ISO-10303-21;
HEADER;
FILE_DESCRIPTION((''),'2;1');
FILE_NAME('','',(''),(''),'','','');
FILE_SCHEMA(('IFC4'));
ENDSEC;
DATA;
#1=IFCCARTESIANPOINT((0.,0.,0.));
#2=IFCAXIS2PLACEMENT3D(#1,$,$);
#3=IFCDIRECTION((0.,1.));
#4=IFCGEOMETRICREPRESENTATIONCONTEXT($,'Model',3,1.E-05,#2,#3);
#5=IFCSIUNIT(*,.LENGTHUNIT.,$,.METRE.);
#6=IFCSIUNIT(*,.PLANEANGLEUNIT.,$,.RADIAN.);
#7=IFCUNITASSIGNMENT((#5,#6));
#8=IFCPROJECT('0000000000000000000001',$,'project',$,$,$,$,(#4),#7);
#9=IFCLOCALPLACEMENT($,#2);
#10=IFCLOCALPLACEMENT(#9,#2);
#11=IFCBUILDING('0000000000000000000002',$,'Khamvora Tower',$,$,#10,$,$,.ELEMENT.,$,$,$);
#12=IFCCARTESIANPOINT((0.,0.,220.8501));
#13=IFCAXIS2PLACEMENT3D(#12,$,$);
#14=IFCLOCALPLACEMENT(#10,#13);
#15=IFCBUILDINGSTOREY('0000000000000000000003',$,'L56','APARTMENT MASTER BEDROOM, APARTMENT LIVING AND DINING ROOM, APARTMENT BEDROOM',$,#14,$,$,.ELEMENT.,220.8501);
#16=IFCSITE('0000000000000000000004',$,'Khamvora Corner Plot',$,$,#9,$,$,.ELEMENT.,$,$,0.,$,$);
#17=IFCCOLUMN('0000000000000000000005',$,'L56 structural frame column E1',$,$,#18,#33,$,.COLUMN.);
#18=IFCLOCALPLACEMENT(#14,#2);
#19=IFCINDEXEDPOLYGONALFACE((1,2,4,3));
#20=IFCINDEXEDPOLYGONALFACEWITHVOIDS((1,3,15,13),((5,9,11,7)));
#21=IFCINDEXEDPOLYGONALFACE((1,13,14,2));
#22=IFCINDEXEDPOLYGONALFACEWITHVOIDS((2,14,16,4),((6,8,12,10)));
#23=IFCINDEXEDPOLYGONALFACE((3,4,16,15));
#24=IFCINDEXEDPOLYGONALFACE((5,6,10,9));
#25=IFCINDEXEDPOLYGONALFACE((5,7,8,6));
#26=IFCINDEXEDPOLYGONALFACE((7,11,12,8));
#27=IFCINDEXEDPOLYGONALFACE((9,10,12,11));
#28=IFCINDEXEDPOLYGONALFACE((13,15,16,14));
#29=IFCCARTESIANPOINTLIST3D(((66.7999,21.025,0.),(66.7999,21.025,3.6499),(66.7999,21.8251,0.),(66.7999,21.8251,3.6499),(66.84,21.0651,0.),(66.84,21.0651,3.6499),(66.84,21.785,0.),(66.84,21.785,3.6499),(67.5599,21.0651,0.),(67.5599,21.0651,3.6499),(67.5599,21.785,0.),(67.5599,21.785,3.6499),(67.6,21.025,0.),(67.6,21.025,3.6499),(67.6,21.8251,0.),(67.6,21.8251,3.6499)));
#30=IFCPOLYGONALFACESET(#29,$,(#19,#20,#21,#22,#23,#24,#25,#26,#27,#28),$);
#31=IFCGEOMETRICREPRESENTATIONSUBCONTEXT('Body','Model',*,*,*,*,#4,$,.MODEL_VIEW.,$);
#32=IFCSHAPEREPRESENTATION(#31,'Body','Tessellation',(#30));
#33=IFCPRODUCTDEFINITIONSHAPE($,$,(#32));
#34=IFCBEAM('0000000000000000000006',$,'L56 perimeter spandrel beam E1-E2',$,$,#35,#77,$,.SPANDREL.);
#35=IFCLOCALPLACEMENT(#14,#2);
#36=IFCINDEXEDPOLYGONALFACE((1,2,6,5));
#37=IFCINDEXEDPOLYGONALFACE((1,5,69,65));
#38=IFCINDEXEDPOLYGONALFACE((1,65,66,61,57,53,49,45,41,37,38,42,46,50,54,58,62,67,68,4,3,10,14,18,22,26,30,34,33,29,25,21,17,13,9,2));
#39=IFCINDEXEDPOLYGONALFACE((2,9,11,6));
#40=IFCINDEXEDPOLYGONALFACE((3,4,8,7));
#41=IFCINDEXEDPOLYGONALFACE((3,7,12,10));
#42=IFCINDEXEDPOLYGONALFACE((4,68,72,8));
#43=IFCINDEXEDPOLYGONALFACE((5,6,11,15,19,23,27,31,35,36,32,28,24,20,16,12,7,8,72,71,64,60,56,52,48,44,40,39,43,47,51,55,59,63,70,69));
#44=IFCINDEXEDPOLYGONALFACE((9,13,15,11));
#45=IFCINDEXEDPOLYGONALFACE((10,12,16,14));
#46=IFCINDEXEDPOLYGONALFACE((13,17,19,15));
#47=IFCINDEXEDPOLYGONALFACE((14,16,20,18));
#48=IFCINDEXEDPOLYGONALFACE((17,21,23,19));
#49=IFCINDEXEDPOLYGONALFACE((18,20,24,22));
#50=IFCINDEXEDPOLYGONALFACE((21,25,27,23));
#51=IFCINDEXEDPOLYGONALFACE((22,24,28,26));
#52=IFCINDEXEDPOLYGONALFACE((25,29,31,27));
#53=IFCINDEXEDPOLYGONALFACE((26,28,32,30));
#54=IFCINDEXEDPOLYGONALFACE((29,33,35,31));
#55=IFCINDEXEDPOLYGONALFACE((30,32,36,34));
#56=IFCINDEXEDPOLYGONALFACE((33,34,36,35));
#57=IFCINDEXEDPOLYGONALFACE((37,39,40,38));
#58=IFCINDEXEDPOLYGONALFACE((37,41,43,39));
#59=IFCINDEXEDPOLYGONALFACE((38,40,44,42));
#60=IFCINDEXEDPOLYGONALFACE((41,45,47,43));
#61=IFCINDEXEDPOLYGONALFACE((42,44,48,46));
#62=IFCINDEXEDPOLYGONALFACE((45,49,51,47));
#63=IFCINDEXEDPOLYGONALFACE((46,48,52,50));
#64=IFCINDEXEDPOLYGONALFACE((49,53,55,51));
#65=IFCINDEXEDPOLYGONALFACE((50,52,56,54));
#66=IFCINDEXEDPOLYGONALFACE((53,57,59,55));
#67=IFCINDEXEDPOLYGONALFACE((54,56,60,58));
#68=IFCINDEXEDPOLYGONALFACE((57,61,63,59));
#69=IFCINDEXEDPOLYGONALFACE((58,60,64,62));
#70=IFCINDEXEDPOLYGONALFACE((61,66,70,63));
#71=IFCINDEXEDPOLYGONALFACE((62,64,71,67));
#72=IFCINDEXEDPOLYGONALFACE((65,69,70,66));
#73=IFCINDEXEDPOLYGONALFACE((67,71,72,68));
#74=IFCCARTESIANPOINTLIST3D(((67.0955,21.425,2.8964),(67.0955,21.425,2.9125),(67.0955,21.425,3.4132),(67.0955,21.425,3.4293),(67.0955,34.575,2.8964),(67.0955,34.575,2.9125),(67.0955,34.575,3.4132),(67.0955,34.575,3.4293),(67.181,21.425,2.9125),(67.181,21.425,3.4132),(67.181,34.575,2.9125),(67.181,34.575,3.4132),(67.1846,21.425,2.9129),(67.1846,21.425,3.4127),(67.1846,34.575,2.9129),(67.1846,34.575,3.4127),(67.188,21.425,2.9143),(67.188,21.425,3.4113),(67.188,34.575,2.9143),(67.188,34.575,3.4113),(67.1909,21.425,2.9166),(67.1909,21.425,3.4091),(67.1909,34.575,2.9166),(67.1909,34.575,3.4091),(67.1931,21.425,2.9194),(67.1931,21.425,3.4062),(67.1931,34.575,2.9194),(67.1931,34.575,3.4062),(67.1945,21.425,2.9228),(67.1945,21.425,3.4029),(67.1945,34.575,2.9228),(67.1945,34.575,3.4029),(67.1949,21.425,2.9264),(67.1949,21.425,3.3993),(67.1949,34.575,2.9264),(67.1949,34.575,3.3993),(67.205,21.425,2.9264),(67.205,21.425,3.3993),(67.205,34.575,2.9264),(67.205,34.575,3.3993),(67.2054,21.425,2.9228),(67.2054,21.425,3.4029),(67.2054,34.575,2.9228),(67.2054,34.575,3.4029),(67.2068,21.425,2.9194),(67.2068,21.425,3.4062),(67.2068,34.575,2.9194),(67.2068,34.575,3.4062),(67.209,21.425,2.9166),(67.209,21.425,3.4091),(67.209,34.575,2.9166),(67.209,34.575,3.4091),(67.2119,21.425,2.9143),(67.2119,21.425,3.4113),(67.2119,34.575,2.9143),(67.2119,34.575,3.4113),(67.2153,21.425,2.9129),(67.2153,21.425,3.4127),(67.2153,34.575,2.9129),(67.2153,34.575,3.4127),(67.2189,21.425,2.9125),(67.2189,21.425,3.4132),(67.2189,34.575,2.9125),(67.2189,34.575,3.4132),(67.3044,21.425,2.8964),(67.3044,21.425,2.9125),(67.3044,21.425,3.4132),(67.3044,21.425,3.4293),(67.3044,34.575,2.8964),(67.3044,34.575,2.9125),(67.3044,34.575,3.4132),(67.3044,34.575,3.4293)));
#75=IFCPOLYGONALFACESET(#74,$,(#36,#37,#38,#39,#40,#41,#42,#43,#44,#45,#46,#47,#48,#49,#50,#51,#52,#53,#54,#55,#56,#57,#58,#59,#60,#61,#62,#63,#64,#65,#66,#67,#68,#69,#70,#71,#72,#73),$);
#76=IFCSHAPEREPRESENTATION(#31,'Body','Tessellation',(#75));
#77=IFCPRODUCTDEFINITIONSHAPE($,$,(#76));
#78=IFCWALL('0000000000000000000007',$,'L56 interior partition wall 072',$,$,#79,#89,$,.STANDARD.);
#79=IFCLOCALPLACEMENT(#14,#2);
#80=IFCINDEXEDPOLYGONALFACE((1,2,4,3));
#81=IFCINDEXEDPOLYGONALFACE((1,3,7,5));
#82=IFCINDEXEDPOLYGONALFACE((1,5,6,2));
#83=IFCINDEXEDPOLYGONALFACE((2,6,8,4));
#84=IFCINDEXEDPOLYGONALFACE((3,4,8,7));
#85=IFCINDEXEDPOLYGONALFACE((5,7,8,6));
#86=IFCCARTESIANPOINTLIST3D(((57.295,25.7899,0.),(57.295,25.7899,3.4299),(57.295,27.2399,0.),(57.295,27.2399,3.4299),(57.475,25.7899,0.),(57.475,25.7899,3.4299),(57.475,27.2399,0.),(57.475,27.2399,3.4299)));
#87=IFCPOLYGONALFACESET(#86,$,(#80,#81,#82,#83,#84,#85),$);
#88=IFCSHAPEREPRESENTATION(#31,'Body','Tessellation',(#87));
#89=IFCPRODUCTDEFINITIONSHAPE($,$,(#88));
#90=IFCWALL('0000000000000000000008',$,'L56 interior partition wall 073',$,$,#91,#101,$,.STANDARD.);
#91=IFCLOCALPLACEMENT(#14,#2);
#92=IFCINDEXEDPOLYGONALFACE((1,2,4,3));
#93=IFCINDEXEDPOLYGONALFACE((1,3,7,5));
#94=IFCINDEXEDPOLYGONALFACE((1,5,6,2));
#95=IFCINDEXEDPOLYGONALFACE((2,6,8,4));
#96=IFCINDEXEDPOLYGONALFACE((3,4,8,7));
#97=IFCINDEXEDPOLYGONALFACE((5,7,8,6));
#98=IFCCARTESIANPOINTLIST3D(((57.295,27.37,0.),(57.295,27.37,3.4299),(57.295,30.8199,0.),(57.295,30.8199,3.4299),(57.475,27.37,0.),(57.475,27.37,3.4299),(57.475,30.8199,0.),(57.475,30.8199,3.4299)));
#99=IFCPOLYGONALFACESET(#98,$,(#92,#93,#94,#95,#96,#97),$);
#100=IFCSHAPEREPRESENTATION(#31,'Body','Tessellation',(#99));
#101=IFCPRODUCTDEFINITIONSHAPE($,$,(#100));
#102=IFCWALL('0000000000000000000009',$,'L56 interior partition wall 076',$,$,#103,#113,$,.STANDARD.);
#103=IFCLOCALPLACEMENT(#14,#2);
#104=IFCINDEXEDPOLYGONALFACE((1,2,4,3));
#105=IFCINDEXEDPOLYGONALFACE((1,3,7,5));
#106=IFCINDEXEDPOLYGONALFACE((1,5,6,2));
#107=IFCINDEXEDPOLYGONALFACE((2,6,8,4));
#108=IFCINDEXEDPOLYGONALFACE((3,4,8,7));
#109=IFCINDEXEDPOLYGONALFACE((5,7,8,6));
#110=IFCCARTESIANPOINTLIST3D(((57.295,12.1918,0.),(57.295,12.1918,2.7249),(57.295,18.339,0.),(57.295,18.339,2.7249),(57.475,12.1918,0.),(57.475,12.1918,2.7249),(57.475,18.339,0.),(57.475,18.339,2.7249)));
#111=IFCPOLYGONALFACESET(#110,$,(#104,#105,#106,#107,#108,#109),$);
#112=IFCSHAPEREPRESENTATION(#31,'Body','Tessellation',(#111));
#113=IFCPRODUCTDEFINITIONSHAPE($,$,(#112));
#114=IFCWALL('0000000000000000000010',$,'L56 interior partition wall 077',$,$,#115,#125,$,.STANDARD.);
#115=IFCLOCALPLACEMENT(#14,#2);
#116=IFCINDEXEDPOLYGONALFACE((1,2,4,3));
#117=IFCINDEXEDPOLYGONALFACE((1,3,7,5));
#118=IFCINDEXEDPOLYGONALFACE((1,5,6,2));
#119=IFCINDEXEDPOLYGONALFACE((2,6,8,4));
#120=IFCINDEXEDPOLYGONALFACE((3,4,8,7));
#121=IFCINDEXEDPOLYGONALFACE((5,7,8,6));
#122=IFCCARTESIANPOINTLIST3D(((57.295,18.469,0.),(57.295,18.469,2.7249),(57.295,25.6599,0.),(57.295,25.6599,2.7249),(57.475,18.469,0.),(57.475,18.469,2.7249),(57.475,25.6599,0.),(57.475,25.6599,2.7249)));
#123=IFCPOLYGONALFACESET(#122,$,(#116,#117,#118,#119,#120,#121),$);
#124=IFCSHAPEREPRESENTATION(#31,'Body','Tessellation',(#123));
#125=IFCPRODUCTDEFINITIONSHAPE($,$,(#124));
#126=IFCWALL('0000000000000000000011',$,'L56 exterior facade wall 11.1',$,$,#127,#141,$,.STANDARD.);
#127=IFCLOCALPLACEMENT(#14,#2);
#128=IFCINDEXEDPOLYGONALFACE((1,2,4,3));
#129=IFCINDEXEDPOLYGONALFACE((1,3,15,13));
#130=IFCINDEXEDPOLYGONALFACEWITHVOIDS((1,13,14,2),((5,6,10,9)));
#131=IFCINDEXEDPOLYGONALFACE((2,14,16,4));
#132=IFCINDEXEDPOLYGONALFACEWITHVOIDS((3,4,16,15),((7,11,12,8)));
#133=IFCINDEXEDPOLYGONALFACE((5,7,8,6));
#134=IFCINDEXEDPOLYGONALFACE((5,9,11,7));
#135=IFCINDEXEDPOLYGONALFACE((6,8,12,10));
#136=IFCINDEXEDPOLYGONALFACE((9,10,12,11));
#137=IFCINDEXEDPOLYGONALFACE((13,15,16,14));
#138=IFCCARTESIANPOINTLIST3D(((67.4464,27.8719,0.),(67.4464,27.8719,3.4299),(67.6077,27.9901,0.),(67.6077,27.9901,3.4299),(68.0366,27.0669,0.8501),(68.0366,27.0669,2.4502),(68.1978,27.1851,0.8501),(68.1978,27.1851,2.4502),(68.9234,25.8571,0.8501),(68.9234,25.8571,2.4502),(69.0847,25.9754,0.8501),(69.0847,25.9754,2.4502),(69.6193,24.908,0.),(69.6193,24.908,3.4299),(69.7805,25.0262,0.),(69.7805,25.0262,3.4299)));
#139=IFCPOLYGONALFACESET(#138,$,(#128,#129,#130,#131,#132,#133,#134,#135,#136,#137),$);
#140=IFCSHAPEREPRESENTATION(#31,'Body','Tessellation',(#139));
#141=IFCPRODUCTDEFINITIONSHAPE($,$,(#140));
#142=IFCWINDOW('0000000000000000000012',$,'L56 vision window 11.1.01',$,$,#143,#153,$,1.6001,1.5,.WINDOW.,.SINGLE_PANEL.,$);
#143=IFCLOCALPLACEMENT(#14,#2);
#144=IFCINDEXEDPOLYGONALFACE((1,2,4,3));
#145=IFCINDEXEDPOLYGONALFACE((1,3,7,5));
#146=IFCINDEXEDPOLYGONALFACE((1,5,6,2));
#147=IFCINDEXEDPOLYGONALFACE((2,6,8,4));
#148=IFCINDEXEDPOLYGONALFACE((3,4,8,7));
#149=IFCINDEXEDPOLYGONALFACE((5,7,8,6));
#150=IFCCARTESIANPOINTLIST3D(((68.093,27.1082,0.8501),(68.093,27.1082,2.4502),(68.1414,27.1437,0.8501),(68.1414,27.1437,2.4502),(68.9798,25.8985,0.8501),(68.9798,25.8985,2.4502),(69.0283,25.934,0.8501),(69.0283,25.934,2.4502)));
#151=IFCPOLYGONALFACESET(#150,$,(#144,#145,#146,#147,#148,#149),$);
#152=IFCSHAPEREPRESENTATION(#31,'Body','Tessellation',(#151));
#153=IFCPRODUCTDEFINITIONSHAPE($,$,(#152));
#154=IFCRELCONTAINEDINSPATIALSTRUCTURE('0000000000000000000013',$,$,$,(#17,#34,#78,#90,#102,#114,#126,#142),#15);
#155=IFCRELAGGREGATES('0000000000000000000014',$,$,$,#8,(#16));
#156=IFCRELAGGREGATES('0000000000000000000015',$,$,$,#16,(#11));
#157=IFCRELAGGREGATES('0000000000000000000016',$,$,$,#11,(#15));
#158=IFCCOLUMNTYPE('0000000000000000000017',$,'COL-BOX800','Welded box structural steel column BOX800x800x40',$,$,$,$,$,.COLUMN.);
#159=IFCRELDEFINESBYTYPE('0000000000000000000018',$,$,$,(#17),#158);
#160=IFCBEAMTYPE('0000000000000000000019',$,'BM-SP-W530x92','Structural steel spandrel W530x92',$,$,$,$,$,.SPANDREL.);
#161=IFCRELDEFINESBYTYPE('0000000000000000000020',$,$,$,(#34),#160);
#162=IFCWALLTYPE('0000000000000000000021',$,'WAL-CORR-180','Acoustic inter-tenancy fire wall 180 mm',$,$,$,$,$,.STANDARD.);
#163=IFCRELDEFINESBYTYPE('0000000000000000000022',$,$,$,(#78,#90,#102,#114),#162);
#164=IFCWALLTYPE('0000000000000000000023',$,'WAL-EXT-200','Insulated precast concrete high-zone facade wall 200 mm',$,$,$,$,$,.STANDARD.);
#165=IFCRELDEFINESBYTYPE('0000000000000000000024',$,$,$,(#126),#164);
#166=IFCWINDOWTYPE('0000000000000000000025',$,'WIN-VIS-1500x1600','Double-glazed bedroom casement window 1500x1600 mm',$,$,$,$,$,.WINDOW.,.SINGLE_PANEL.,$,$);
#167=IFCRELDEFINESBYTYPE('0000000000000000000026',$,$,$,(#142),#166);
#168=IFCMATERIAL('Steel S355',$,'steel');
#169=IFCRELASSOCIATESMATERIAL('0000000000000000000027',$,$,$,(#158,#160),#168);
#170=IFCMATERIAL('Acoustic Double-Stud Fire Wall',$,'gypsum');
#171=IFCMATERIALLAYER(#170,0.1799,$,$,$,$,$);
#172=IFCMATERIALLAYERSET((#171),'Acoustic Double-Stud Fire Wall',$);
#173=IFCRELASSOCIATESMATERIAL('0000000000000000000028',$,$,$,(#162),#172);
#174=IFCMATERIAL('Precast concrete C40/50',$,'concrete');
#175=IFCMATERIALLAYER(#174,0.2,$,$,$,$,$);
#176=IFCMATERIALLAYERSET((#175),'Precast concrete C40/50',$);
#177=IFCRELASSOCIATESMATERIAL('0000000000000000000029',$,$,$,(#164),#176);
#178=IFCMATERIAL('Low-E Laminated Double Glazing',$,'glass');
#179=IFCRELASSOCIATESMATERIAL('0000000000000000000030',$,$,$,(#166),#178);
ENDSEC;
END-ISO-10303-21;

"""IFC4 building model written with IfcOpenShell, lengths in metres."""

from ifc_helpers import new_model, si_unit, direction, frame, frame_2d, origin, origin_2d, place, context, subcontext, project, spatial, rectangle, hollow_rectangle, i_section, extrude, material, layer, layer_set, material_profile, profile_set, type_object, element, fill, save


model = new_model("IFC4")

# Units and contexts
model_context = context("Model", 3, precision=1e-05, world=origin(), true_north=direction((0.0, 1.0)))
body_context = subcontext(model_context, "Body", "Model", "MODEL_VIEW")
ifc_project = project(units=[si_unit("LENGTHUNIT", "METRE"), si_unit("PLANEANGLEUNIT", "RADIAN")], contexts=[model_context])

# Site, building, storey
site_placement = place(None, origin())
site = spatial("IfcSite", under=ifc_project, at=site_placement, Name="Khamvora Corner Plot", CompositionType="ELEMENT", RefElevation=0.0)
building_placement = place(site_placement, origin())
building = spatial("IfcBuilding", under=site, at=building_placement, Name="Khamvora Tower", CompositionType="ELEMENT")
storey_placement = place(building_placement, frame((0.0, 0.0, 220.8501)))
storey = spatial("IfcBuildingStorey", under=building, at=storey_placement, Name="L56", Description="APARTMENT MASTER BEDROOM, APARTMENT LIVING AND DINING ROOM, APARTMENT BEDROOM", CompositionType="ELEMENT", Elevation=220.8501)

# Column
ifc_material_1 = material(Name="Steel S355", Category="steel")
ifc_material_profile_1 = material_profile(ifc_material_1, hollow_rectangle(XDim=0.8, YDim=0.8, WallThickness=0.04, at=origin_2d()), Name="BOX800x800x40")
ifc_profile_set_1 = profile_set([ifc_material_profile_1], Name="Steel S355")
column_type = type_object("IfcColumnType", Name="COL-BOX800", Description="Welded box structural steel column BOX800x800x40", PredefinedType="COLUMN", material=ifc_profile_set_1)
column_placement = place(storey_placement, frame((67.2, 21.425, 0.0), z_axis=(0.0, 0.0, 1.0), x_axis=(1.0, 0.0, 0.0)))
element("IfcColumn", 1, at=column_placement, inside=storey, type_object=column_type, Name="L56 structural frame column E1", PredefinedType="COLUMN", context=body_context, shape_type="SweptSolid", body=[
    extrude(hollow_rectangle(XDim=0.8, YDim=0.8, WallThickness=0.04, at=origin_2d()), origin(), (0.0, 0.0, 1.0), 3.6499),
])

# Beam
ifc_material_profile_2 = material_profile(ifc_material_1, i_section(OverallWidth=0.209, OverallDepth=0.533, WebThickness=0.01, FlangeThickness=0.0161, FilletRadius=0.0139, at=origin_2d()), Name="W530x92")
ifc_profile_set_2 = profile_set([ifc_material_profile_2], Name="Steel S355")
beam_type = type_object("IfcBeamType", Name="BM-SP-W530x92", Description="Structural steel spandrel W530x92", PredefinedType="SPANDREL", material=ifc_profile_set_2)
beam_placement = place(storey_placement, frame((67.2, 21.425, 3.1628), z_axis=(0.0, 1.0, 0.0), x_axis=(-1.0, 0.0, 0.0)))
element("IfcBeam", 2, at=beam_placement, inside=storey, type_object=beam_type, Name="L56 perimeter spandrel beam E1-E2", PredefinedType="SPANDREL", context=body_context, shape_type="SweptSolid", body=[
    extrude(i_section(OverallWidth=0.209, OverallDepth=0.533, WebThickness=0.01, FlangeThickness=0.0161, FilletRadius=0.0139, at=origin_2d()), origin(), (0.0, 0.0, 1.0), 13.1499),
])

# Walls
ifc_material_2 = material(Name="Acoustic Double-Stud Fire Wall", Category="gypsum")
ifc_layer_1 = layer(ifc_material_2, 0.1799)
ifc_layer_set_1 = layer_set([ifc_layer_1], Name="Acoustic Double-Stud Fire Wall")
wall_type_1 = type_object("IfcWallType", Name="WAL-CORR-180", Description="Acoustic inter-tenancy fire wall 180 mm", PredefinedType="STANDARD", material=ifc_layer_set_1)
wall_1_placement = place(storey_placement, frame((57.385, 27.24, 0.0), z_axis=(0.0, 0.0, 1.0), x_axis=(0.0, -1.0, 0.0)))
element("IfcWall", 3, at=wall_1_placement, inside=storey, type_object=wall_type_1, Name="L56 interior partition wall 072", PredefinedType="STANDARD", context=body_context, shape_type="SweptSolid", body=[
    extrude(rectangle(XDim=1.45, YDim=0.1799, at=frame_2d((0.7251, 0.0))), origin(), (0.0, 0.0, 1.0), 3.4299),
])
wall_2_placement = place(storey_placement, frame((57.385, 30.8201, 0.0), z_axis=(0.0, 0.0, 1.0), x_axis=(0.0, -1.0, 0.0)))
element("IfcWall", 4, at=wall_2_placement, inside=storey, type_object=wall_type_1, Name="L56 interior partition wall 073", PredefinedType="STANDARD", context=body_context, shape_type="SweptSolid", body=[
    extrude(rectangle(XDim=3.45, YDim=0.1799, at=frame_2d((1.7251, 0.0))), origin(), (0.0, 0.0, 1.0), 3.4299),
])
wall_3_placement = place(storey_placement, frame((57.385, 18.3391, 0.0), z_axis=(0.0, 0.0, 1.0), x_axis=(0.0, -1.0, 0.0)))
element("IfcWall", 5, at=wall_3_placement, inside=storey, type_object=wall_type_1, Name="L56 interior partition wall 076", PredefinedType="STANDARD", context=body_context, shape_type="SweptSolid", body=[
    extrude(rectangle(XDim=6.1472, YDim=0.1799, at=frame_2d((3.0737, 0.0))), origin(), (0.0, 0.0, 1.0), 2.7249),
])
wall_4_placement = place(storey_placement, frame((57.385, 25.6599, 0.0), z_axis=(0.0, 0.0, 1.0), x_axis=(0.0, -1.0, 0.0)))
element("IfcWall", 6, at=wall_4_placement, inside=storey, type_object=wall_type_1, Name="L56 interior partition wall 077", PredefinedType="STANDARD", context=body_context, shape_type="SweptSolid", body=[
    extrude(rectangle(XDim=7.1909, YDim=0.1799, at=frame_2d((3.5955, 0.0))), origin(), (0.0, 0.0, 1.0), 2.7249),
])

# Wall, opening, window
ifc_material_3 = material(Name="Precast concrete C40/50", Category="concrete")
ifc_layer_2 = layer(ifc_material_3, 0.2)
ifc_layer_set_2 = layer_set([ifc_layer_2], Name="Precast concrete C40/50")
wall_type_2 = type_object("IfcWallType", Name="WAL-EXT-200", Description="Insulated precast concrete high-zone facade wall 200 mm", PredefinedType="STANDARD", material=ifc_layer_set_2)
wall_5_placement = place(storey_placement, frame((67.5271, 27.9309, 0.0), z_axis=(0.0, 0.0, 1.0), x_axis=(0.591248, -0.806489, 0.0)))
wall_5 = element("IfcWall", 7, at=wall_5_placement, inside=storey, type_object=wall_type_2, Name="L56 exterior facade wall 11.1", PredefinedType="STANDARD", context=body_context, shape_type="SweptSolid", body=[
    extrude(rectangle(XDim=3.675, YDim=0.2, at=frame_2d((1.8374, 0.0))), origin(), (0.0, 0.0, 1.0), 3.4299),
])
opening_1_placement = place(wall_5_placement, frame((0.998, 0.0, 0.8501)))
opening_1 = element("IfcOpeningElement", 8, at=opening_1_placement, cuts=wall_5, PredefinedType="OPENING", context=body_context, shape_type="SweptSolid", body=[
    extrude(rectangle(XDim=1.5, YDim=1.6001, at=frame_2d((0.75, 0.8))), frame((0.0, 0.1099, 0.0), z_axis=(0.0, -1.0, 0.0), x_axis=(1.0, 0.0, 0.0)), (0.0, 0.0, 1.0), 0.22),
])
ifc_material_4 = material(Name="Low-E Laminated Double Glazing", Category="glass")
window_type_1 = type_object("IfcWindowType", Name="WIN-VIS-1500x1600", Description="Double-glazed bedroom casement window 1500x1600 mm", PartitioningType="SINGLE_PANEL", PredefinedType="WINDOW", material=ifc_material_4)
window_1_placement = place(opening_1_placement, origin())
window_1 = element("IfcWindow", 9, at=window_1_placement, inside=storey, type_object=window_type_1, Name="L56 vision window 11.1.01", OverallHeight=1.6001, OverallWidth=1.5, PartitioningType="SINGLE_PANEL", PredefinedType="WINDOW", context=body_context, shape_type="SweptSolid", body=[
    extrude(rectangle(XDim=1.5, YDim=1.6001, at=frame_2d((0.75, 0.8))), frame((0.0, 0.03, 0.0), z_axis=(0.0, -1.0, 0.0), x_axis=(1.0, 0.0, 0.0)), (0.0, 0.0, 1.0), 0.0601),
])
fill(opening_1, window_1)

save(model, "model.ifc")
